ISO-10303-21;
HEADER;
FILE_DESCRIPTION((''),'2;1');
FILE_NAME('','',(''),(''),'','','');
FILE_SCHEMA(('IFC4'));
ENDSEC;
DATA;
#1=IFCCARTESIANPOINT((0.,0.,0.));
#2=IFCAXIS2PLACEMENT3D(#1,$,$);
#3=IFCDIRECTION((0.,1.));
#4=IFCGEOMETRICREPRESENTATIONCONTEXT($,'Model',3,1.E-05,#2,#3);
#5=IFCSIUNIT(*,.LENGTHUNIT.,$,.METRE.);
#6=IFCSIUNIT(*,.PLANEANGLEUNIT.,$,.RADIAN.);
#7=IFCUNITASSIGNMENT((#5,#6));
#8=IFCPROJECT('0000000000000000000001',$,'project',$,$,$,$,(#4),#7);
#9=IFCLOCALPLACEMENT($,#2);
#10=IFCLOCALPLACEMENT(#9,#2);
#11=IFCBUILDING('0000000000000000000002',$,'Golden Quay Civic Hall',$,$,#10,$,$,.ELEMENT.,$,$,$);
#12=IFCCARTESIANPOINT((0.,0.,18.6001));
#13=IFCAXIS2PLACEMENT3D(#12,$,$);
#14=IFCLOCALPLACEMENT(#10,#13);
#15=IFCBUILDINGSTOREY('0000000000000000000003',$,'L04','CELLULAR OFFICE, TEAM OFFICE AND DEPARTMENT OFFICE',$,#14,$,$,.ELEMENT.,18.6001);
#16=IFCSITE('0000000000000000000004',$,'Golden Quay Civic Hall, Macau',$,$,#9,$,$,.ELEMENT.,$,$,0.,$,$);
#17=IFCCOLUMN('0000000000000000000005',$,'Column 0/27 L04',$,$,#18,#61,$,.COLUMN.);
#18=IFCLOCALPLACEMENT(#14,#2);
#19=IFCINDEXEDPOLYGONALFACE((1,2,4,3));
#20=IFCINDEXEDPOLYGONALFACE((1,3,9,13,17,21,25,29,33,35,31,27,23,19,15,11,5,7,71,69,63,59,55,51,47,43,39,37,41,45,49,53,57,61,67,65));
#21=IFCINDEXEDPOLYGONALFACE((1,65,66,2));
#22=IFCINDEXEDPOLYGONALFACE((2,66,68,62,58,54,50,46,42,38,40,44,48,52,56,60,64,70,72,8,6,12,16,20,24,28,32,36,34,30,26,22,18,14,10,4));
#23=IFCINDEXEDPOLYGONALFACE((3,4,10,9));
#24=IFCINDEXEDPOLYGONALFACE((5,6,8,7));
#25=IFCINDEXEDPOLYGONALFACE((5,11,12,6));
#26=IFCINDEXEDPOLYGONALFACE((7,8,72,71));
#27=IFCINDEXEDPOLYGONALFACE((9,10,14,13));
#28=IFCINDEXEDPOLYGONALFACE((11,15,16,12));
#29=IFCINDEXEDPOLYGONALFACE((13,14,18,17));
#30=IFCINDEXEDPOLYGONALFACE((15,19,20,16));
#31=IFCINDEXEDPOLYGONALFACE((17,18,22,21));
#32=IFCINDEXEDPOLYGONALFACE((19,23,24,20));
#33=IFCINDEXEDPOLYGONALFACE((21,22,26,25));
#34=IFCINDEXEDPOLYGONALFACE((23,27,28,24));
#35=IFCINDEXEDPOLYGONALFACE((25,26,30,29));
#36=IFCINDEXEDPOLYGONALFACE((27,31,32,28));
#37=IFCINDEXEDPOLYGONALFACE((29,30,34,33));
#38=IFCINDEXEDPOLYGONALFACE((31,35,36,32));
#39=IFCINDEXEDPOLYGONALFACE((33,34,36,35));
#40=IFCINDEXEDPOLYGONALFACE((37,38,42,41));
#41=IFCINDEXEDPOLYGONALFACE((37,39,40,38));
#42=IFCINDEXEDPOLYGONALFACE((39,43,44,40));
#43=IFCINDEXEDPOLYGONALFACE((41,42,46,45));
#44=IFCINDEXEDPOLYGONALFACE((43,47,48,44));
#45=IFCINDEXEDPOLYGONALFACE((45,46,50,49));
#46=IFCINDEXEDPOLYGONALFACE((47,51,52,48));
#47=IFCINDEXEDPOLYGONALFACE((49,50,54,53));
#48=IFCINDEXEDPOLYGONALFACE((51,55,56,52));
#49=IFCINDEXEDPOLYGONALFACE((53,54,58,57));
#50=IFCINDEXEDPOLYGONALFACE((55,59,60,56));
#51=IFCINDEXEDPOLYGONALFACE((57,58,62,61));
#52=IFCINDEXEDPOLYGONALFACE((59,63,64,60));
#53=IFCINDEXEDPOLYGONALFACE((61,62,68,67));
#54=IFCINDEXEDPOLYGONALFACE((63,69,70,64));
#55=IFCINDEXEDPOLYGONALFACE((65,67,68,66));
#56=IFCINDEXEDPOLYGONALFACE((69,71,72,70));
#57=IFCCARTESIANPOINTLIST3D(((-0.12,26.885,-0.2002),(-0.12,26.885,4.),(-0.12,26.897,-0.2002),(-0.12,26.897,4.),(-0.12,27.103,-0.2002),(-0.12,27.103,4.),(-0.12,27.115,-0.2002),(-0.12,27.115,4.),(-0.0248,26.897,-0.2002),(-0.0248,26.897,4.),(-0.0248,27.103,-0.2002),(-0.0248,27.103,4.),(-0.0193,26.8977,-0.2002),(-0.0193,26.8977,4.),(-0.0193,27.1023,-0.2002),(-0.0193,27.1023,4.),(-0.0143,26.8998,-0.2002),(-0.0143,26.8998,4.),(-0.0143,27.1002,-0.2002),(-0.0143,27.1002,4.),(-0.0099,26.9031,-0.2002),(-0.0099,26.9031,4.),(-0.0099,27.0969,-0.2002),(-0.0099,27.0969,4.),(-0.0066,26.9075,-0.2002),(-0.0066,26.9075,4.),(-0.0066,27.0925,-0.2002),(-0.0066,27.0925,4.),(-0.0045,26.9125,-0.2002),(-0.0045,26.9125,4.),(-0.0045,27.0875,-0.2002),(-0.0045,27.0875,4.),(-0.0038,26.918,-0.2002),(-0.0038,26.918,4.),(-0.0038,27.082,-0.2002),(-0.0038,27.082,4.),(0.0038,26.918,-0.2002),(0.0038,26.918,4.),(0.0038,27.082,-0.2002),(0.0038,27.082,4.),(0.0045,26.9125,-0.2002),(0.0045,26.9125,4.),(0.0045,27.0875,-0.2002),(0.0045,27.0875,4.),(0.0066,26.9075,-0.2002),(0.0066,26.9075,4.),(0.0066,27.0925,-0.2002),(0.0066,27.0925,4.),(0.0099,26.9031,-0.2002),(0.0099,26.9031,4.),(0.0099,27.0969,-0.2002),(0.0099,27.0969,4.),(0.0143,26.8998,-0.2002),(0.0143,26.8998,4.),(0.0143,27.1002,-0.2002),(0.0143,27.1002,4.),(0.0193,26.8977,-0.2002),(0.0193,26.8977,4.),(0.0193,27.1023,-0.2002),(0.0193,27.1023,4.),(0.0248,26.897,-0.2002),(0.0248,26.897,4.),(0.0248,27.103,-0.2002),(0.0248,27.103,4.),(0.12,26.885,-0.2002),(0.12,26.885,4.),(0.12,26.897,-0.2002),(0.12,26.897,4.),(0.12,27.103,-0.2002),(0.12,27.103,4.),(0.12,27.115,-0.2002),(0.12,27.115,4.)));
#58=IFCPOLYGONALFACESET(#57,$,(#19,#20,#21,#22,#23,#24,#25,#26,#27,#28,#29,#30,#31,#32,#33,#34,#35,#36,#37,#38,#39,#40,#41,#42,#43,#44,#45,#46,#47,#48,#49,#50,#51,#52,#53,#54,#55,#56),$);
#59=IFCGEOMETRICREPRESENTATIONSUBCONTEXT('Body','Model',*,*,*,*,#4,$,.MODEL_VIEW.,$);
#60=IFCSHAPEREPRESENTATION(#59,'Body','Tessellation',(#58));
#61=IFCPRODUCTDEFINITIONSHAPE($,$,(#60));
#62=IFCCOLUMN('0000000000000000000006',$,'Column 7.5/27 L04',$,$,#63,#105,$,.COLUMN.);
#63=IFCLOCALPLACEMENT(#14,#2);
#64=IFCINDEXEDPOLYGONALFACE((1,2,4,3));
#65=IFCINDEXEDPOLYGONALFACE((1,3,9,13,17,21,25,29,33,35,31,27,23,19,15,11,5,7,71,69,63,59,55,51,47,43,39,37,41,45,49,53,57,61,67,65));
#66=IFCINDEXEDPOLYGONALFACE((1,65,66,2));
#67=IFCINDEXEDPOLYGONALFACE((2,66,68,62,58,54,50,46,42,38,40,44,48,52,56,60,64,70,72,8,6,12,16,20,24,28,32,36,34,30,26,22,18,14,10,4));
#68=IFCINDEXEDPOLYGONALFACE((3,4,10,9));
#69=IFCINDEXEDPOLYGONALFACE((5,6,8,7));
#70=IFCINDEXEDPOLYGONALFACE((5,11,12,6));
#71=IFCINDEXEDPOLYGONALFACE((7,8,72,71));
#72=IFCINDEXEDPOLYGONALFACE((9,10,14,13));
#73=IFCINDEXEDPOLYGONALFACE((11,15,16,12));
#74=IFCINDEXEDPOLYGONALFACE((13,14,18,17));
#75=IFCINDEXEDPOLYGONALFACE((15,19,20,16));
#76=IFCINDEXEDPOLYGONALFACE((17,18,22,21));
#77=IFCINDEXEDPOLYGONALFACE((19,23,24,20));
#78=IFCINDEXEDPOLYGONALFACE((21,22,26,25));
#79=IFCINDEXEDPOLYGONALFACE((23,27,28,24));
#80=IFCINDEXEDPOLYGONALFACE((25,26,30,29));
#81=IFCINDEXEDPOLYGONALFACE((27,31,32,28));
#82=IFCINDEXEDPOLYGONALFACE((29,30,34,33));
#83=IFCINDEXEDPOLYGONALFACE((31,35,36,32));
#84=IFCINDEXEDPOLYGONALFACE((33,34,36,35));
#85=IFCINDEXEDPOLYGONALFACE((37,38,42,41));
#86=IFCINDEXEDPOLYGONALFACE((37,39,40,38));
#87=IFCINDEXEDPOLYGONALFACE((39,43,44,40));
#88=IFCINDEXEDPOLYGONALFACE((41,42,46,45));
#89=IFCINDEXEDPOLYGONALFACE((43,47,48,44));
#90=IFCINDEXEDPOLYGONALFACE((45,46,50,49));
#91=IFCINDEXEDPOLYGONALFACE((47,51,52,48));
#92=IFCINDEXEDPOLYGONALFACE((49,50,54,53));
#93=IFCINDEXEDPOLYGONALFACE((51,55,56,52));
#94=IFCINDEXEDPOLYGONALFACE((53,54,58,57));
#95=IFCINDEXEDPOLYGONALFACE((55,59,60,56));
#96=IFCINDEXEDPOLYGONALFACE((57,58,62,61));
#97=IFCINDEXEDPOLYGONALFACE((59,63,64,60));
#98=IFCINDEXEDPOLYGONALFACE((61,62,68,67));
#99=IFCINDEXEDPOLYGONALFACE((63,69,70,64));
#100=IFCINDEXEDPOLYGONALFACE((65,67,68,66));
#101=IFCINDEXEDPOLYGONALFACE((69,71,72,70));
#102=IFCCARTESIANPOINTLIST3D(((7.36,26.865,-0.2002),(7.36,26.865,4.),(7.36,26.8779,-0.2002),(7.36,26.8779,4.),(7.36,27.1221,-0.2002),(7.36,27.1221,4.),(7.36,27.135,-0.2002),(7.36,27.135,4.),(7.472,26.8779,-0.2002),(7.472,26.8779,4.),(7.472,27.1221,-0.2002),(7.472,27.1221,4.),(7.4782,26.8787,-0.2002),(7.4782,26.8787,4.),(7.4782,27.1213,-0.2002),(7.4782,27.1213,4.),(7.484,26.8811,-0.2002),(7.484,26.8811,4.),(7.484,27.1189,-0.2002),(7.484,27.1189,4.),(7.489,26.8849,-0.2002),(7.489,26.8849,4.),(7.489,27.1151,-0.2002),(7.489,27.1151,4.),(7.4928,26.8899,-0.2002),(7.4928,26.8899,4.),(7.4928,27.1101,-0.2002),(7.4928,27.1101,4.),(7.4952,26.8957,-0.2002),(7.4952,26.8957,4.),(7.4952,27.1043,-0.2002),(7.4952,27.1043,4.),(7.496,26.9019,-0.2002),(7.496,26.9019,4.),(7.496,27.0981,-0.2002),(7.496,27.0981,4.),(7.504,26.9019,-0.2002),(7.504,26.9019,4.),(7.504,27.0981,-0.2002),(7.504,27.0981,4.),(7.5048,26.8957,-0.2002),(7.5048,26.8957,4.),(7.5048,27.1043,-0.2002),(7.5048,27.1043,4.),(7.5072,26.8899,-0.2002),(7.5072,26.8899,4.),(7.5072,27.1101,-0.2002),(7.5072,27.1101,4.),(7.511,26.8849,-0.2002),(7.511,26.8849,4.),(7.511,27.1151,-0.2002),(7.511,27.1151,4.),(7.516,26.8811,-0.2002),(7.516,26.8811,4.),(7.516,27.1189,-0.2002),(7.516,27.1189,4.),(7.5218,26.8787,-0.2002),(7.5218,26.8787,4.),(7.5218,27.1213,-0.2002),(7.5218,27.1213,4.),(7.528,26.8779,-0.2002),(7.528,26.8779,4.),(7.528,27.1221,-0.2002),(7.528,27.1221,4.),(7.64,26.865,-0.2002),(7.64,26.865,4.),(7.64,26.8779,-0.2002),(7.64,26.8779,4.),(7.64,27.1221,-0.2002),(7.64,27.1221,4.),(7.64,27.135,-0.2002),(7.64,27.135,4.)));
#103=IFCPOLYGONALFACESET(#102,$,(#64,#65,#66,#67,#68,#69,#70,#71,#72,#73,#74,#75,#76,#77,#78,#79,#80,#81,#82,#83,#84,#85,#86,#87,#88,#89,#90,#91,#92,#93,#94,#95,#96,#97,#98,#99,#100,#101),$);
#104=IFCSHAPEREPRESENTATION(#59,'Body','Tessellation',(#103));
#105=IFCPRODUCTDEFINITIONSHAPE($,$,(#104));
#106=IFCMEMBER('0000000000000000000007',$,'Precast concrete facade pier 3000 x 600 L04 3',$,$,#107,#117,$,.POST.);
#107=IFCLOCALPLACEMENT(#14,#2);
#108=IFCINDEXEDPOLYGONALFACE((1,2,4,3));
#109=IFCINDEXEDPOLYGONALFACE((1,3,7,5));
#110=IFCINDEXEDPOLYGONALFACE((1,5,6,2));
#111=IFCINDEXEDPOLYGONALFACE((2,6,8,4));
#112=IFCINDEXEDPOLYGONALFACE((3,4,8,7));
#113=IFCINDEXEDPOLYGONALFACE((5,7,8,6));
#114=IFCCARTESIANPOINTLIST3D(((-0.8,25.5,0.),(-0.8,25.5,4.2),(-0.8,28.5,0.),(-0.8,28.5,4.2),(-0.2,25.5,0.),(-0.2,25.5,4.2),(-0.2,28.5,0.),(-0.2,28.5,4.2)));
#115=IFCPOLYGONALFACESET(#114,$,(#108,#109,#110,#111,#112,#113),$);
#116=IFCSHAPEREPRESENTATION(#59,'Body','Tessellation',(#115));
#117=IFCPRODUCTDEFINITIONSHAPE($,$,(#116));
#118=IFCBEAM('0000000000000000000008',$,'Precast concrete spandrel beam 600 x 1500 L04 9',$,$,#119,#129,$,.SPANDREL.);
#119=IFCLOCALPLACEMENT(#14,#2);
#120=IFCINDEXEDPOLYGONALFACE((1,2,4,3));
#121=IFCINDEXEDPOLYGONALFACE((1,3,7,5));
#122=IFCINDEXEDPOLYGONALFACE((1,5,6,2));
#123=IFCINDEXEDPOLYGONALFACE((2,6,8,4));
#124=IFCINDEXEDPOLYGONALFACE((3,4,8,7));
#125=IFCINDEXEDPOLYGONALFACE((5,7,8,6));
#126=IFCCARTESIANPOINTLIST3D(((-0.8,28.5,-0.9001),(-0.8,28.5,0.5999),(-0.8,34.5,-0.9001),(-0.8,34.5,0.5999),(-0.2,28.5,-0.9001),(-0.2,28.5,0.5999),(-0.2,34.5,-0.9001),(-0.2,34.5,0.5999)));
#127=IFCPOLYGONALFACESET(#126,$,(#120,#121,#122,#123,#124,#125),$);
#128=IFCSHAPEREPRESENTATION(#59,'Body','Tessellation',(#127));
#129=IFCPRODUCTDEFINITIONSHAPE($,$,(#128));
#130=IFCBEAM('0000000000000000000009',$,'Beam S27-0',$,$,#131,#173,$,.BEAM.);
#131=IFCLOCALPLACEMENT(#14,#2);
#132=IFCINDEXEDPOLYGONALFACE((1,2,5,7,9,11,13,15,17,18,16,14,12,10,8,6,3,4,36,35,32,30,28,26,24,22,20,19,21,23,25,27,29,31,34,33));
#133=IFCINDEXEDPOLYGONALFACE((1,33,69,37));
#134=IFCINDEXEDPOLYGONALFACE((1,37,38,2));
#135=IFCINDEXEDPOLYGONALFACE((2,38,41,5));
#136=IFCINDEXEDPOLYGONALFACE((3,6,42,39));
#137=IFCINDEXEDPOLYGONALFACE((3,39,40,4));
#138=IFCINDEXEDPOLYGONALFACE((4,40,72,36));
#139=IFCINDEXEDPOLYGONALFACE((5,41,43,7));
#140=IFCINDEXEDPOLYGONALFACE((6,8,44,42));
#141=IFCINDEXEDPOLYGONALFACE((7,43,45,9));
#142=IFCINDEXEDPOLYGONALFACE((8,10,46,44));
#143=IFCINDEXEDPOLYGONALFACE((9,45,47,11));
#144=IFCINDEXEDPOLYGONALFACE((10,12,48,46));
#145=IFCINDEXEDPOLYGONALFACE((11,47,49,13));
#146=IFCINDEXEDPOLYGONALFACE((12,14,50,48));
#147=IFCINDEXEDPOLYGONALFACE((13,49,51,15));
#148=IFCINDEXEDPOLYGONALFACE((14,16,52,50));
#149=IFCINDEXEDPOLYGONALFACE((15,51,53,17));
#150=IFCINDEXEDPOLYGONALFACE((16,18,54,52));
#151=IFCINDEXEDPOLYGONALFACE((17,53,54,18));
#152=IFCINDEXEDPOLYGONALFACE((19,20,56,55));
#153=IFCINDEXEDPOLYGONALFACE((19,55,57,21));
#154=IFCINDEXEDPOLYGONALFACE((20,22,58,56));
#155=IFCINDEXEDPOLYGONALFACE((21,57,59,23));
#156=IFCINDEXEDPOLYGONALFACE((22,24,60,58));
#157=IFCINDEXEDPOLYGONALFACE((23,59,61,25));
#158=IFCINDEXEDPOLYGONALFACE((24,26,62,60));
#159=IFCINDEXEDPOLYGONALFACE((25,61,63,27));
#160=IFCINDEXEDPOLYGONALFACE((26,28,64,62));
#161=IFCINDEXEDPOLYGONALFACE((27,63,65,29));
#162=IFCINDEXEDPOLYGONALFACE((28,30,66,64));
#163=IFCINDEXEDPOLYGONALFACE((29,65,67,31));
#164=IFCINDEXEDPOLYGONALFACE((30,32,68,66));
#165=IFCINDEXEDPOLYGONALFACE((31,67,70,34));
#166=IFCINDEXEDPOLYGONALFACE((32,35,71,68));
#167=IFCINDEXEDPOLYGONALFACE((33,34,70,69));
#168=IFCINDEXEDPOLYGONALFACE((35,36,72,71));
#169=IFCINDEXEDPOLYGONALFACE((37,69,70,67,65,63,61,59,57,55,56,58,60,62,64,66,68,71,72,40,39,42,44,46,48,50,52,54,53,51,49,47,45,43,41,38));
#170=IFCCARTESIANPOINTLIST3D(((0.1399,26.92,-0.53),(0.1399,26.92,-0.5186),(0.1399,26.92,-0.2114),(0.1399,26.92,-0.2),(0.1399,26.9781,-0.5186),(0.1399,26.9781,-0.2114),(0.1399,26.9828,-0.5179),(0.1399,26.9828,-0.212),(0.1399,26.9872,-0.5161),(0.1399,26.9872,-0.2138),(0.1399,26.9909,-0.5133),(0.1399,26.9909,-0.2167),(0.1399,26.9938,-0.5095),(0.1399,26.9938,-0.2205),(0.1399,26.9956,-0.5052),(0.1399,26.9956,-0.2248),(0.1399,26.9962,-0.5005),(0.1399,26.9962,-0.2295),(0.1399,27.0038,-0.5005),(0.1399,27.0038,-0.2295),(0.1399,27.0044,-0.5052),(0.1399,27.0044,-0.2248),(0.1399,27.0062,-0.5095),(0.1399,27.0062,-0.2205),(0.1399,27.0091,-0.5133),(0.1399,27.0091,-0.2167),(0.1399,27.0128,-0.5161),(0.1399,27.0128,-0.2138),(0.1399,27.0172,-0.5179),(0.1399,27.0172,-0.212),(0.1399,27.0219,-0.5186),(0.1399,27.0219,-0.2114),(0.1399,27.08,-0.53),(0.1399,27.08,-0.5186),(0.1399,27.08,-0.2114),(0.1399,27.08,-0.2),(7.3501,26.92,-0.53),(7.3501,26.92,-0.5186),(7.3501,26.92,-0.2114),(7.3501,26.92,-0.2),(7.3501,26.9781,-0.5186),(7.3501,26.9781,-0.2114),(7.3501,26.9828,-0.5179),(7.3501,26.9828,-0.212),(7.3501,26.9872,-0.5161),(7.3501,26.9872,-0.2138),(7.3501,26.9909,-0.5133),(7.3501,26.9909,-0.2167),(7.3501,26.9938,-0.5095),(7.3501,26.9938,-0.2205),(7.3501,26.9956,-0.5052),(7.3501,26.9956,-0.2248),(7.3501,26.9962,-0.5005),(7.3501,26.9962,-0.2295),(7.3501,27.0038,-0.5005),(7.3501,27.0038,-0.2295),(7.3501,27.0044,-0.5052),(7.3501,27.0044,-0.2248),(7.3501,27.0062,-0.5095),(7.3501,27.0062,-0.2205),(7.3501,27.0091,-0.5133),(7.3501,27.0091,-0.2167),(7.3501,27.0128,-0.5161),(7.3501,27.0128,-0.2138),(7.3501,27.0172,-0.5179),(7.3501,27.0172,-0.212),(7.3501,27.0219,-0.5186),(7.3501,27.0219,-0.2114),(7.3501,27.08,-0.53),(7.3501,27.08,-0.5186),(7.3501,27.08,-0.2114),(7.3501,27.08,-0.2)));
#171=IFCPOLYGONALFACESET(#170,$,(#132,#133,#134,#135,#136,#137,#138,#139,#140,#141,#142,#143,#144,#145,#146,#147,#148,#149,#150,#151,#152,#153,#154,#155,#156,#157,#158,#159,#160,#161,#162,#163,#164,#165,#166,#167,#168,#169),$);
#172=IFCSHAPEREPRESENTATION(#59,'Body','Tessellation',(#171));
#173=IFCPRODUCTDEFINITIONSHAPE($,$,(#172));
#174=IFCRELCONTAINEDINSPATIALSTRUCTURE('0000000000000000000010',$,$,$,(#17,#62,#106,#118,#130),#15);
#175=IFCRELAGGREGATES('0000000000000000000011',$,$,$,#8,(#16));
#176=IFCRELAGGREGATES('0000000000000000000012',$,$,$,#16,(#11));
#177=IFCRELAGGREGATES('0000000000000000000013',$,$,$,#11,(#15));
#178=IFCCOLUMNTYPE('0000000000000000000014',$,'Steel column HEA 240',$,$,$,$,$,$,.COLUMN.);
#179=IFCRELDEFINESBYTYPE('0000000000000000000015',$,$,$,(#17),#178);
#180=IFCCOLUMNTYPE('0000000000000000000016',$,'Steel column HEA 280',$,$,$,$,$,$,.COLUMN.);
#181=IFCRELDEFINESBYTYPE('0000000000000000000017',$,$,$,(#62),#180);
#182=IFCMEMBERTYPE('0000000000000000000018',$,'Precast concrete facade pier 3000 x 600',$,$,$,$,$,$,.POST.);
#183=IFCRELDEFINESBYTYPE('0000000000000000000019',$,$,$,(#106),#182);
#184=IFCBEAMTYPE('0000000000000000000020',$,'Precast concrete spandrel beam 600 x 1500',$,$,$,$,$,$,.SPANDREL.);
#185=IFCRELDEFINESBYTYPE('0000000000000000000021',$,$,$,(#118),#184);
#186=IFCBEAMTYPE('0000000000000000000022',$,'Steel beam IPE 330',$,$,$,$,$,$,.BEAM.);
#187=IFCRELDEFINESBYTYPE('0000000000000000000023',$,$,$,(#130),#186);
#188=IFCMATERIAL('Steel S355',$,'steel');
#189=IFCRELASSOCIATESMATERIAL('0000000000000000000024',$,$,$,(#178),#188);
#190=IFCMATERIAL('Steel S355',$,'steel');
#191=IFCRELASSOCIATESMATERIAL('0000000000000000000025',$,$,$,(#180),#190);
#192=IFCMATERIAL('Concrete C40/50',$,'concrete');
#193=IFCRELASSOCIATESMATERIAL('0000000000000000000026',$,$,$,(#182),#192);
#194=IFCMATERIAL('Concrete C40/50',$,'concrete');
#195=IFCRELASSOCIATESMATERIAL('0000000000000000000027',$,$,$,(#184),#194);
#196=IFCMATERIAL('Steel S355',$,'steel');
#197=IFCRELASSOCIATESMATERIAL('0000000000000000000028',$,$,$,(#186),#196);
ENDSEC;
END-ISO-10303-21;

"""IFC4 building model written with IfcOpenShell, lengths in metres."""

from ifc_helpers import new_model, si_unit, direction, frame, origin, origin_2d, place, context, subcontext, project, spatial, rectangle, i_section, extrude, material, material_profile, profile_set, type_object, element, save


model = new_model("IFC4")

# Units and contexts
model_context = context("Model", 3, precision=1e-05, world=origin(), true_north=direction((0.0, 1.0)))
body_context = subcontext(model_context, "Body", "Model", "MODEL_VIEW")
ifc_project = project(units=[si_unit("LENGTHUNIT", "METRE"), si_unit("PLANEANGLEUNIT", "RADIAN")], contexts=[model_context])

# Site, building, storey
site_placement = place(None, origin())
site = spatial("IfcSite", under=ifc_project, at=site_placement, Name="Golden Quay Civic Hall, Macau", CompositionType="ELEMENT", RefElevation=0.0)
building_placement = place(site_placement, origin())
building = spatial("IfcBuilding", under=site, at=building_placement, Name="Golden Quay Civic Hall", CompositionType="ELEMENT")
storey_placement = place(building_placement, frame((0.0, 0.0, 18.6001)))
storey = spatial("IfcBuildingStorey", under=building, at=storey_placement, Name="L04", Description="CELLULAR OFFICE, TEAM OFFICE AND DEPARTMENT OFFICE", CompositionType="ELEMENT", Elevation=18.6001)

# Columns
ifc_material_1 = material(Name="Steel S355", Category="steel")
ifc_material_profile_1 = material_profile(ifc_material_1, i_section(OverallWidth=0.24, OverallDepth=0.23, WebThickness=0.0076, FlangeThickness=0.012, FilletRadius=0.021, at=origin_2d()), Name="HEA 240")
ifc_profile_set_1 = profile_set([ifc_material_profile_1], Name="Steel S355")
column_type_1 = type_object("IfcColumnType", Name="Steel column HEA 240", PredefinedType="COLUMN", material=ifc_profile_set_1)
column_1_placement = place(storey_placement, frame((0.0, 27.0, -0.2002), z_axis=(0.0, 0.0, 1.0), x_axis=(1.0, 0.0, 0.0)))
element("IfcColumn", 1, at=column_1_placement, inside=storey, type_object=column_type_1, Name="Column 0/27 L04", PredefinedType="COLUMN", context=body_context, shape_type="SweptSolid", body=[
    extrude(i_section(OverallWidth=0.24, OverallDepth=0.23, WebThickness=0.0076, FlangeThickness=0.012, FilletRadius=0.021, at=origin_2d()), origin(), (0.0, 0.0, 1.0), 4.2002),
])
ifc_material_2 = material(Name="Steel S355", Category="steel")
ifc_material_profile_2 = material_profile(ifc_material_2, i_section(OverallWidth=0.28, OverallDepth=0.27, WebThickness=0.0081, FlangeThickness=0.0129, FilletRadius=0.0239, at=origin_2d()), Name="HEA 280")
ifc_profile_set_2 = profile_set([ifc_material_profile_2], Name="Steel S355")
column_type_2 = type_object("IfcColumnType", Name="Steel column HEA 280", PredefinedType="COLUMN", material=ifc_profile_set_2)
column_2_placement = place(storey_placement, frame((7.5, 27.0, -0.2002), z_axis=(0.0, 0.0, 1.0), x_axis=(1.0, 0.0, 0.0)))
element("IfcColumn", 2, at=column_2_placement, inside=storey, type_object=column_type_2, Name="Column 7.5/27 L04", PredefinedType="COLUMN", context=body_context, shape_type="SweptSolid", body=[
    extrude(i_section(OverallWidth=0.28, OverallDepth=0.27, WebThickness=0.0081, FlangeThickness=0.0129, FilletRadius=0.0239, at=origin_2d()), origin(), (0.0, 0.0, 1.0), 4.2002),
])

# Member
ifc_material_3 = material(Name="Concrete C40/50", Category="concrete")
ifc_material_profile_3 = material_profile(ifc_material_3, rectangle(XDim=3.0, YDim=0.6001, at=origin_2d()), Name="RC 3000x600")
ifc_profile_set_3 = profile_set([ifc_material_profile_3], Name="Concrete C40/50")
member_type = type_object("IfcMemberType", Name="Precast concrete facade pier 3000 x 600", PredefinedType="POST", material=ifc_profile_set_3)
member_placement = place(storey_placement, frame((-0.5, 27.0, 0.0), z_axis=(0.0, 0.0, 1.0), x_axis=(0.0, 1.0, 0.0)))
element("IfcMember", 3, at=member_placement, inside=storey, type_object=member_type, Name="Precast concrete facade pier 3000 x 600 L04 3", PredefinedType="POST", context=body_context, shape_type="SweptSolid", body=[
    extrude(rectangle(XDim=3.0, YDim=0.6001, at=origin_2d()), origin(), (0.0, 0.0, 1.0), 4.2),
])

# Beams
ifc_material_4 = material(Name="Concrete C40/50", Category="concrete")
ifc_material_profile_4 = material_profile(ifc_material_4, rectangle(XDim=0.6001, YDim=1.5, at=origin_2d()), Name="RC 600x1500")
ifc_profile_set_4 = profile_set([ifc_material_profile_4], Name="Concrete C40/50")
beam_type_1 = type_object("IfcBeamType", Name="Precast concrete spandrel beam 600 x 1500", PredefinedType="SPANDREL", material=ifc_profile_set_4)
beam_1_placement = place(storey_placement, frame((-0.5, 28.5, -0.1501), z_axis=(0.0, 1.0, 0.0), x_axis=(-1.0, 0.0, 0.0)))
element("IfcBeam", 4, at=beam_1_placement, inside=storey, type_object=beam_type_1, Name="Precast concrete spandrel beam 600 x 1500 L04 9", PredefinedType="SPANDREL", context=body_context, shape_type="SweptSolid", body=[
    extrude(rectangle(XDim=0.6001, YDim=1.5, at=origin_2d()), origin(), (0.0, 0.0, 1.0), 6.0),
])
ifc_material_5 = material(Name="Steel S355", Category="steel")
ifc_material_profile_5 = material_profile(ifc_material_5, i_section(OverallWidth=0.1599, OverallDepth=0.3301, WebThickness=0.0076, FlangeThickness=0.0115, FilletRadius=0.0181, at=origin_2d()), Name="IPE 330")
ifc_profile_set_5 = profile_set([ifc_material_profile_5], Name="Steel S355")
beam_type_2 = type_object("IfcBeamType", Name="Steel beam IPE 330", PredefinedType="BEAM", material=ifc_profile_set_5)
beam_2_placement = place(storey_placement, frame((0.1399, 27.0, -0.365), z_axis=(1.0, 0.0, 0.0), x_axis=(0.0, 1.0, 0.0)))
element("IfcBeam", 5, at=beam_2_placement, inside=storey, type_object=beam_type_2, Name="Beam S27-0", PredefinedType="BEAM", context=body_context, shape_type="SweptSolid", body=[
    extrude(i_section(OverallWidth=0.1599, OverallDepth=0.3301, WebThickness=0.0076, FlangeThickness=0.0115, FilletRadius=0.0181, at=origin_2d()), origin(), (0.0, 0.0, 1.0), 7.2102),
])

save(model, "model.ifc")
